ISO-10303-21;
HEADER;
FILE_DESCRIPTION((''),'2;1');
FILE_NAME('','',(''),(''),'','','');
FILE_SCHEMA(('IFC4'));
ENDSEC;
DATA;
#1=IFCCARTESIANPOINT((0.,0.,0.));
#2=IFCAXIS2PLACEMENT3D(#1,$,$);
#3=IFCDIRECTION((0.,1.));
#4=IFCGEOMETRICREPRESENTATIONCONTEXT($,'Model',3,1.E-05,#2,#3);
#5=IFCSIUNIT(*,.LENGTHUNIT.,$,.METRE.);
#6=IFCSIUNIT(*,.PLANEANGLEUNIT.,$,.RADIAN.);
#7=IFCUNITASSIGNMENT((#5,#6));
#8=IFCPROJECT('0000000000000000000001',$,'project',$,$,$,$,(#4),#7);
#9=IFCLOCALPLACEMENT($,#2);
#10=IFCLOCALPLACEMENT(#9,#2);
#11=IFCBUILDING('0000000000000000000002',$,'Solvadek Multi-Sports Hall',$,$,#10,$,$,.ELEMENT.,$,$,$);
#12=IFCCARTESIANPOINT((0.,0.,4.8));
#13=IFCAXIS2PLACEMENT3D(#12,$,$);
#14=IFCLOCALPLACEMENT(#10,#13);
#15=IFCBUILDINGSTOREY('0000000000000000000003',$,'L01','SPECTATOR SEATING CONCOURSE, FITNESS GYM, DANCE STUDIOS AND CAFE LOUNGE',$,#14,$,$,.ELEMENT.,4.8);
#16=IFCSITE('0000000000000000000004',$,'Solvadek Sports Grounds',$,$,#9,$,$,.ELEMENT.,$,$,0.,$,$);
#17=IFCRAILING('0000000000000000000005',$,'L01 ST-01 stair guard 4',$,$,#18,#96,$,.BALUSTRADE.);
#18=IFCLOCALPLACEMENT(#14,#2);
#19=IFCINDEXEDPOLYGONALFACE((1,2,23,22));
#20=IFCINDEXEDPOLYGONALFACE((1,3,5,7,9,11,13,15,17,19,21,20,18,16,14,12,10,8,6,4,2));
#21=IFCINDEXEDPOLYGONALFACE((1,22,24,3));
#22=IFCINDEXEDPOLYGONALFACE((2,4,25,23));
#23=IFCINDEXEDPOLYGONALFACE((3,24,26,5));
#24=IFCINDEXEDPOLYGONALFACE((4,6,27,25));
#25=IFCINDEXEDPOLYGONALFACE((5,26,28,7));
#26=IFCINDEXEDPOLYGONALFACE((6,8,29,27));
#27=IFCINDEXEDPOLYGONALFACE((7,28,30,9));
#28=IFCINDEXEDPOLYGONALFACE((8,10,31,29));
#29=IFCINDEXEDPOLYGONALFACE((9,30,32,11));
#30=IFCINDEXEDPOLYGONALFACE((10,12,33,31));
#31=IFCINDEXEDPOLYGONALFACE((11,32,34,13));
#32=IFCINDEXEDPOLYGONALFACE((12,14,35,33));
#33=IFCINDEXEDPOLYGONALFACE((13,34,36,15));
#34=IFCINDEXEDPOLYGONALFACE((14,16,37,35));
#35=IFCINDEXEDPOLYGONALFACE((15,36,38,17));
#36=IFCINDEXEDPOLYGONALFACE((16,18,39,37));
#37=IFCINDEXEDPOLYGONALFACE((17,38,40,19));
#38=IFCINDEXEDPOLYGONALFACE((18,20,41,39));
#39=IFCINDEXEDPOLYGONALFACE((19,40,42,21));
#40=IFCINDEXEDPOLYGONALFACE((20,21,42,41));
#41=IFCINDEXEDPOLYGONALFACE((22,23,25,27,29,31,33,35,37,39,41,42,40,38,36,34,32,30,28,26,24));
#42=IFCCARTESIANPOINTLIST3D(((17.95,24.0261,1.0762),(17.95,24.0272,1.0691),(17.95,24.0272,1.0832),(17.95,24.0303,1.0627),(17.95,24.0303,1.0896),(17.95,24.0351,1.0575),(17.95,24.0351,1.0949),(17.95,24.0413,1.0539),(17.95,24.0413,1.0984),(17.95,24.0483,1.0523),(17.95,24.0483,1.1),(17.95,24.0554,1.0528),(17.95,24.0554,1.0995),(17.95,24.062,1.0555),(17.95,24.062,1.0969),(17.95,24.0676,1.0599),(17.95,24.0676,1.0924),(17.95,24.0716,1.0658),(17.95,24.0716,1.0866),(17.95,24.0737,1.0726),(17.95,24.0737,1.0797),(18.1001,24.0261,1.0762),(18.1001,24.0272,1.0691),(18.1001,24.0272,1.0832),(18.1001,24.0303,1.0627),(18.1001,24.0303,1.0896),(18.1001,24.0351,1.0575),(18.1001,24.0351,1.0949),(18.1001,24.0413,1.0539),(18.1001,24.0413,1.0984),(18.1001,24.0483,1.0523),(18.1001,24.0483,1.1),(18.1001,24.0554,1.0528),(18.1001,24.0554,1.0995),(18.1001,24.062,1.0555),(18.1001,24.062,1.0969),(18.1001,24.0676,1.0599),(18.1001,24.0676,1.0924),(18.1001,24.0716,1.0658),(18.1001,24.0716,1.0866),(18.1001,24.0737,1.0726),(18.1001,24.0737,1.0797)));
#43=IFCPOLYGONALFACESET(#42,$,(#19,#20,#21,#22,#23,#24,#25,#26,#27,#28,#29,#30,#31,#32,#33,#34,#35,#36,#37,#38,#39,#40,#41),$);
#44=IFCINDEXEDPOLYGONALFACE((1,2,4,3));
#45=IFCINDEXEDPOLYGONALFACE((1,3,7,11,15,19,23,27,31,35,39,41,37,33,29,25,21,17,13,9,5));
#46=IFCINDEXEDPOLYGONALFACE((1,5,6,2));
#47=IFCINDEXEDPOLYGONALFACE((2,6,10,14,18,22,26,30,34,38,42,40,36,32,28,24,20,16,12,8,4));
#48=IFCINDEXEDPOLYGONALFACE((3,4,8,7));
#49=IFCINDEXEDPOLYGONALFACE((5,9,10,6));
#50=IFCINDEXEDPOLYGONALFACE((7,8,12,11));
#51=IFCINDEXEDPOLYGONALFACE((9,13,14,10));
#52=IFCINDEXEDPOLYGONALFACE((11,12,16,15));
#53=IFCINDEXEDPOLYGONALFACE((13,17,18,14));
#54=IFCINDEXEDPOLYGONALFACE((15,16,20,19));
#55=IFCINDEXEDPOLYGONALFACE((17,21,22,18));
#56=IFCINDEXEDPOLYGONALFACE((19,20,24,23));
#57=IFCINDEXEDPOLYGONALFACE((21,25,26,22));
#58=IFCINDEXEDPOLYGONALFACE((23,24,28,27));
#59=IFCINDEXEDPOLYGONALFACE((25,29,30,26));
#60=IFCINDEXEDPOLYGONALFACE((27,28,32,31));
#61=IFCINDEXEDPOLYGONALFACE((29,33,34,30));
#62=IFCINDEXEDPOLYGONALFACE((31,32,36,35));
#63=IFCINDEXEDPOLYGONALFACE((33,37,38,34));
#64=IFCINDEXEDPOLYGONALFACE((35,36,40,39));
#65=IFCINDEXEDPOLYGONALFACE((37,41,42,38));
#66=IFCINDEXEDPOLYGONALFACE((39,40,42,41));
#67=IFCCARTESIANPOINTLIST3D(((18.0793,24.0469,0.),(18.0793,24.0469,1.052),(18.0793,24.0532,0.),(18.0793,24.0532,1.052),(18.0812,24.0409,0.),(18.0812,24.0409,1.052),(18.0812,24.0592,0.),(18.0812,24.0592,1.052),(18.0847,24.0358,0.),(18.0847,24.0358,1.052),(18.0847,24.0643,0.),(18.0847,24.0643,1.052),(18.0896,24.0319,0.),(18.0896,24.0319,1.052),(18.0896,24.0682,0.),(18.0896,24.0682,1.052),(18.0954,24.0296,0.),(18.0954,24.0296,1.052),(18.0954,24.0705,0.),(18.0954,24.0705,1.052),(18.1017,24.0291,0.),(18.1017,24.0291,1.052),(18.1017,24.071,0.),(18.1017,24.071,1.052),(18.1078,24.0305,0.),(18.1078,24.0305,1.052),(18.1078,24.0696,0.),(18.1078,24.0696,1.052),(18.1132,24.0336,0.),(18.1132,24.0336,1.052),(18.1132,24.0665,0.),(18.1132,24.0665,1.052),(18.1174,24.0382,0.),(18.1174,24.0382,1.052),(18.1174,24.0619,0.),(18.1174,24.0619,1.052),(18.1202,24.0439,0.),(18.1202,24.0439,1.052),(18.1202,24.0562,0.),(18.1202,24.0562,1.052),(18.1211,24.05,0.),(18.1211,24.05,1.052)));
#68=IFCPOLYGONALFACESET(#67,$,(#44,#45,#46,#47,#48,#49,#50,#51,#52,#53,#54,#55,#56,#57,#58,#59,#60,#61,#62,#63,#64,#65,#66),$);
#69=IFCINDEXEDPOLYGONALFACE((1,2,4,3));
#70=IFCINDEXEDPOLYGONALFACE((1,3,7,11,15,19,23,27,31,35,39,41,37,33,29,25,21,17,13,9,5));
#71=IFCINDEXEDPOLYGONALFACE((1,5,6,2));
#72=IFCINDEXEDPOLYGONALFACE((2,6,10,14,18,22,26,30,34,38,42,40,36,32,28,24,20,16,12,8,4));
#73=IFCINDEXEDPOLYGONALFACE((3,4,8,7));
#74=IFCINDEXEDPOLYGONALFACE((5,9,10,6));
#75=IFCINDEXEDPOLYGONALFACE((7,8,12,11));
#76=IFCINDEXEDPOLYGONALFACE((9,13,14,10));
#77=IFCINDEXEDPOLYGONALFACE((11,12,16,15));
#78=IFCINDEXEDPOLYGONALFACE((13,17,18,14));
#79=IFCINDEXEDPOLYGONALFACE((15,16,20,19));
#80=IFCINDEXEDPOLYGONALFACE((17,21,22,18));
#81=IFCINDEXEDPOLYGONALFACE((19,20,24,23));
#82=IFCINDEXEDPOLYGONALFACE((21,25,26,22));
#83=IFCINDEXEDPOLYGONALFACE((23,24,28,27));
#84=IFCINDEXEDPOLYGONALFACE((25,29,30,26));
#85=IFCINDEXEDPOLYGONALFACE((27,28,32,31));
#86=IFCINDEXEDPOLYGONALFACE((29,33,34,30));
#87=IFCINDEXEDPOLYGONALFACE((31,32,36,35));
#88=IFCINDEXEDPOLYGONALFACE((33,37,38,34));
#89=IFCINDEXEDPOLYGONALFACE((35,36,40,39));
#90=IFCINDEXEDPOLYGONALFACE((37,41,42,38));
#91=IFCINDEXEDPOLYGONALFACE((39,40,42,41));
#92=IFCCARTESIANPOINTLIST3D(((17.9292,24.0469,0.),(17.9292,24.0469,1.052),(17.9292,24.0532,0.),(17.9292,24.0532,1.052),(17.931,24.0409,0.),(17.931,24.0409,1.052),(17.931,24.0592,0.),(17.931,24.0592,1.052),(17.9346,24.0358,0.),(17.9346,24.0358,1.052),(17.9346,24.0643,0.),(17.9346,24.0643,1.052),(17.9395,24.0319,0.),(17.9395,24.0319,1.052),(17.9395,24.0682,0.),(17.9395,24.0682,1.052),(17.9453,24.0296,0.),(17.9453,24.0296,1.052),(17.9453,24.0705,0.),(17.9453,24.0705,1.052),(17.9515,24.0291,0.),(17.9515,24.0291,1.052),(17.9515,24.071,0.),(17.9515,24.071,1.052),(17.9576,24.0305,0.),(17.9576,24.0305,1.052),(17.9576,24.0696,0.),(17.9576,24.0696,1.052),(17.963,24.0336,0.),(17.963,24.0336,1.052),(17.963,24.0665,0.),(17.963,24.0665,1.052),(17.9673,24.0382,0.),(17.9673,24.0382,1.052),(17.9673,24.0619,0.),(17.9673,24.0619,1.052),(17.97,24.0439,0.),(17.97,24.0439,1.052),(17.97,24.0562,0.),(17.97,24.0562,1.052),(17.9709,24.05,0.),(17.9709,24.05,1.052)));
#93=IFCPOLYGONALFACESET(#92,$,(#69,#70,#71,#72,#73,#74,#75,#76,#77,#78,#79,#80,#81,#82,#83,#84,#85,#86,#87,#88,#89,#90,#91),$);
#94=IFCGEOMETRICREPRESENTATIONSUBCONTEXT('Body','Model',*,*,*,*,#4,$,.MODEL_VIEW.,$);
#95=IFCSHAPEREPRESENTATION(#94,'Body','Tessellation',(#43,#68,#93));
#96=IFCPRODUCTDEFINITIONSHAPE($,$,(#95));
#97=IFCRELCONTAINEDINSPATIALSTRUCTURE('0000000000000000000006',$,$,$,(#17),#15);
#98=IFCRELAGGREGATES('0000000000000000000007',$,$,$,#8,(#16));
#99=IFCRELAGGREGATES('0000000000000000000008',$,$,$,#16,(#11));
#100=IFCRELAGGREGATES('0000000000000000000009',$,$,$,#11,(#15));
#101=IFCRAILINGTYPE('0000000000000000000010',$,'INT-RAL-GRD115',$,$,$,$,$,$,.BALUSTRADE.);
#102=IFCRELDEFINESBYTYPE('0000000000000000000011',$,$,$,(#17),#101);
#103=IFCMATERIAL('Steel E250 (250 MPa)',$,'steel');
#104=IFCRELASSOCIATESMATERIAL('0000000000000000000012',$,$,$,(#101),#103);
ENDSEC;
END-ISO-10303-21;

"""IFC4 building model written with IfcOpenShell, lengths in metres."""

from ifc_helpers import new_model, si_unit, direction, frame, origin, origin_2d, place, context, subcontext, project, spatial, circle, extrude, material, type_object, element, save


model = new_model("IFC4")

# Units and contexts
model_context = context("Model", 3, precision=1e-05, world=origin(), true_north=direction((0.0, 1.0)))
body_context = subcontext(model_context, "Body", "Model", "MODEL_VIEW")
ifc_project = project(units=[si_unit("LENGTHUNIT", "METRE"), si_unit("PLANEANGLEUNIT", "RADIAN")], contexts=[model_context])

# Site, building, storey
site_placement = place(None, origin())
site = spatial("IfcSite", under=ifc_project, at=site_placement, Name="Solvadek Sports Grounds", CompositionType="ELEMENT", RefElevation=0.0)
building_placement = place(site_placement, origin())
building = spatial("IfcBuilding", under=site, at=building_placement, Name="Solvadek Multi-Sports Hall", CompositionType="ELEMENT")
storey_placement = place(building_placement, frame((0.0, 0.0, 4.8)))
storey = spatial("IfcBuildingStorey", under=building, at=storey_placement, Name="L01", Description="SPECTATOR SEATING CONCOURSE, FITNESS GYM, DANCE STUDIOS AND CAFE LOUNGE", CompositionType="ELEMENT", Elevation=4.8)

# Shared definitions
ifc_material_1 = material(Name="Steel E250 (250 MPa)", Category="steel")

# Railing
railing_type_1 = type_object("IfcRailingType", Name="INT-RAL-GRD115", PredefinedType="BALUSTRADE", material=ifc_material_1)
railing_1_placement = place(storey_placement, frame((18.1001, 24.05, 0.0)))
element("IfcRailing", 1, at=railing_1_placement, inside=storey, type_object=railing_type_1, Name="L01 ST-01 stair guard 4", PredefinedType="BALUSTRADE", context=body_context, shape_type="SweptSolid", body=[
    extrude(circle(Radius=0.0239, at=origin_2d()), frame((0.0, 0.0, 1.0762), z_axis=(-1.0, 0.0, 0.0), x_axis=(0.0, -1.0, 0.0)), (0.0, 0.0, 1.0), 0.1501),
    extrude(circle(Radius=0.021, at=origin_2d()), origin(), (0.0, 0.0, 1.0), 1.052),
    extrude(circle(Radius=0.021, at=origin_2d()), frame((-0.1501, 0.0, 0.0)), (0.0, 0.0, 1.0), 1.052),
])

save(model, "model.ifc")
